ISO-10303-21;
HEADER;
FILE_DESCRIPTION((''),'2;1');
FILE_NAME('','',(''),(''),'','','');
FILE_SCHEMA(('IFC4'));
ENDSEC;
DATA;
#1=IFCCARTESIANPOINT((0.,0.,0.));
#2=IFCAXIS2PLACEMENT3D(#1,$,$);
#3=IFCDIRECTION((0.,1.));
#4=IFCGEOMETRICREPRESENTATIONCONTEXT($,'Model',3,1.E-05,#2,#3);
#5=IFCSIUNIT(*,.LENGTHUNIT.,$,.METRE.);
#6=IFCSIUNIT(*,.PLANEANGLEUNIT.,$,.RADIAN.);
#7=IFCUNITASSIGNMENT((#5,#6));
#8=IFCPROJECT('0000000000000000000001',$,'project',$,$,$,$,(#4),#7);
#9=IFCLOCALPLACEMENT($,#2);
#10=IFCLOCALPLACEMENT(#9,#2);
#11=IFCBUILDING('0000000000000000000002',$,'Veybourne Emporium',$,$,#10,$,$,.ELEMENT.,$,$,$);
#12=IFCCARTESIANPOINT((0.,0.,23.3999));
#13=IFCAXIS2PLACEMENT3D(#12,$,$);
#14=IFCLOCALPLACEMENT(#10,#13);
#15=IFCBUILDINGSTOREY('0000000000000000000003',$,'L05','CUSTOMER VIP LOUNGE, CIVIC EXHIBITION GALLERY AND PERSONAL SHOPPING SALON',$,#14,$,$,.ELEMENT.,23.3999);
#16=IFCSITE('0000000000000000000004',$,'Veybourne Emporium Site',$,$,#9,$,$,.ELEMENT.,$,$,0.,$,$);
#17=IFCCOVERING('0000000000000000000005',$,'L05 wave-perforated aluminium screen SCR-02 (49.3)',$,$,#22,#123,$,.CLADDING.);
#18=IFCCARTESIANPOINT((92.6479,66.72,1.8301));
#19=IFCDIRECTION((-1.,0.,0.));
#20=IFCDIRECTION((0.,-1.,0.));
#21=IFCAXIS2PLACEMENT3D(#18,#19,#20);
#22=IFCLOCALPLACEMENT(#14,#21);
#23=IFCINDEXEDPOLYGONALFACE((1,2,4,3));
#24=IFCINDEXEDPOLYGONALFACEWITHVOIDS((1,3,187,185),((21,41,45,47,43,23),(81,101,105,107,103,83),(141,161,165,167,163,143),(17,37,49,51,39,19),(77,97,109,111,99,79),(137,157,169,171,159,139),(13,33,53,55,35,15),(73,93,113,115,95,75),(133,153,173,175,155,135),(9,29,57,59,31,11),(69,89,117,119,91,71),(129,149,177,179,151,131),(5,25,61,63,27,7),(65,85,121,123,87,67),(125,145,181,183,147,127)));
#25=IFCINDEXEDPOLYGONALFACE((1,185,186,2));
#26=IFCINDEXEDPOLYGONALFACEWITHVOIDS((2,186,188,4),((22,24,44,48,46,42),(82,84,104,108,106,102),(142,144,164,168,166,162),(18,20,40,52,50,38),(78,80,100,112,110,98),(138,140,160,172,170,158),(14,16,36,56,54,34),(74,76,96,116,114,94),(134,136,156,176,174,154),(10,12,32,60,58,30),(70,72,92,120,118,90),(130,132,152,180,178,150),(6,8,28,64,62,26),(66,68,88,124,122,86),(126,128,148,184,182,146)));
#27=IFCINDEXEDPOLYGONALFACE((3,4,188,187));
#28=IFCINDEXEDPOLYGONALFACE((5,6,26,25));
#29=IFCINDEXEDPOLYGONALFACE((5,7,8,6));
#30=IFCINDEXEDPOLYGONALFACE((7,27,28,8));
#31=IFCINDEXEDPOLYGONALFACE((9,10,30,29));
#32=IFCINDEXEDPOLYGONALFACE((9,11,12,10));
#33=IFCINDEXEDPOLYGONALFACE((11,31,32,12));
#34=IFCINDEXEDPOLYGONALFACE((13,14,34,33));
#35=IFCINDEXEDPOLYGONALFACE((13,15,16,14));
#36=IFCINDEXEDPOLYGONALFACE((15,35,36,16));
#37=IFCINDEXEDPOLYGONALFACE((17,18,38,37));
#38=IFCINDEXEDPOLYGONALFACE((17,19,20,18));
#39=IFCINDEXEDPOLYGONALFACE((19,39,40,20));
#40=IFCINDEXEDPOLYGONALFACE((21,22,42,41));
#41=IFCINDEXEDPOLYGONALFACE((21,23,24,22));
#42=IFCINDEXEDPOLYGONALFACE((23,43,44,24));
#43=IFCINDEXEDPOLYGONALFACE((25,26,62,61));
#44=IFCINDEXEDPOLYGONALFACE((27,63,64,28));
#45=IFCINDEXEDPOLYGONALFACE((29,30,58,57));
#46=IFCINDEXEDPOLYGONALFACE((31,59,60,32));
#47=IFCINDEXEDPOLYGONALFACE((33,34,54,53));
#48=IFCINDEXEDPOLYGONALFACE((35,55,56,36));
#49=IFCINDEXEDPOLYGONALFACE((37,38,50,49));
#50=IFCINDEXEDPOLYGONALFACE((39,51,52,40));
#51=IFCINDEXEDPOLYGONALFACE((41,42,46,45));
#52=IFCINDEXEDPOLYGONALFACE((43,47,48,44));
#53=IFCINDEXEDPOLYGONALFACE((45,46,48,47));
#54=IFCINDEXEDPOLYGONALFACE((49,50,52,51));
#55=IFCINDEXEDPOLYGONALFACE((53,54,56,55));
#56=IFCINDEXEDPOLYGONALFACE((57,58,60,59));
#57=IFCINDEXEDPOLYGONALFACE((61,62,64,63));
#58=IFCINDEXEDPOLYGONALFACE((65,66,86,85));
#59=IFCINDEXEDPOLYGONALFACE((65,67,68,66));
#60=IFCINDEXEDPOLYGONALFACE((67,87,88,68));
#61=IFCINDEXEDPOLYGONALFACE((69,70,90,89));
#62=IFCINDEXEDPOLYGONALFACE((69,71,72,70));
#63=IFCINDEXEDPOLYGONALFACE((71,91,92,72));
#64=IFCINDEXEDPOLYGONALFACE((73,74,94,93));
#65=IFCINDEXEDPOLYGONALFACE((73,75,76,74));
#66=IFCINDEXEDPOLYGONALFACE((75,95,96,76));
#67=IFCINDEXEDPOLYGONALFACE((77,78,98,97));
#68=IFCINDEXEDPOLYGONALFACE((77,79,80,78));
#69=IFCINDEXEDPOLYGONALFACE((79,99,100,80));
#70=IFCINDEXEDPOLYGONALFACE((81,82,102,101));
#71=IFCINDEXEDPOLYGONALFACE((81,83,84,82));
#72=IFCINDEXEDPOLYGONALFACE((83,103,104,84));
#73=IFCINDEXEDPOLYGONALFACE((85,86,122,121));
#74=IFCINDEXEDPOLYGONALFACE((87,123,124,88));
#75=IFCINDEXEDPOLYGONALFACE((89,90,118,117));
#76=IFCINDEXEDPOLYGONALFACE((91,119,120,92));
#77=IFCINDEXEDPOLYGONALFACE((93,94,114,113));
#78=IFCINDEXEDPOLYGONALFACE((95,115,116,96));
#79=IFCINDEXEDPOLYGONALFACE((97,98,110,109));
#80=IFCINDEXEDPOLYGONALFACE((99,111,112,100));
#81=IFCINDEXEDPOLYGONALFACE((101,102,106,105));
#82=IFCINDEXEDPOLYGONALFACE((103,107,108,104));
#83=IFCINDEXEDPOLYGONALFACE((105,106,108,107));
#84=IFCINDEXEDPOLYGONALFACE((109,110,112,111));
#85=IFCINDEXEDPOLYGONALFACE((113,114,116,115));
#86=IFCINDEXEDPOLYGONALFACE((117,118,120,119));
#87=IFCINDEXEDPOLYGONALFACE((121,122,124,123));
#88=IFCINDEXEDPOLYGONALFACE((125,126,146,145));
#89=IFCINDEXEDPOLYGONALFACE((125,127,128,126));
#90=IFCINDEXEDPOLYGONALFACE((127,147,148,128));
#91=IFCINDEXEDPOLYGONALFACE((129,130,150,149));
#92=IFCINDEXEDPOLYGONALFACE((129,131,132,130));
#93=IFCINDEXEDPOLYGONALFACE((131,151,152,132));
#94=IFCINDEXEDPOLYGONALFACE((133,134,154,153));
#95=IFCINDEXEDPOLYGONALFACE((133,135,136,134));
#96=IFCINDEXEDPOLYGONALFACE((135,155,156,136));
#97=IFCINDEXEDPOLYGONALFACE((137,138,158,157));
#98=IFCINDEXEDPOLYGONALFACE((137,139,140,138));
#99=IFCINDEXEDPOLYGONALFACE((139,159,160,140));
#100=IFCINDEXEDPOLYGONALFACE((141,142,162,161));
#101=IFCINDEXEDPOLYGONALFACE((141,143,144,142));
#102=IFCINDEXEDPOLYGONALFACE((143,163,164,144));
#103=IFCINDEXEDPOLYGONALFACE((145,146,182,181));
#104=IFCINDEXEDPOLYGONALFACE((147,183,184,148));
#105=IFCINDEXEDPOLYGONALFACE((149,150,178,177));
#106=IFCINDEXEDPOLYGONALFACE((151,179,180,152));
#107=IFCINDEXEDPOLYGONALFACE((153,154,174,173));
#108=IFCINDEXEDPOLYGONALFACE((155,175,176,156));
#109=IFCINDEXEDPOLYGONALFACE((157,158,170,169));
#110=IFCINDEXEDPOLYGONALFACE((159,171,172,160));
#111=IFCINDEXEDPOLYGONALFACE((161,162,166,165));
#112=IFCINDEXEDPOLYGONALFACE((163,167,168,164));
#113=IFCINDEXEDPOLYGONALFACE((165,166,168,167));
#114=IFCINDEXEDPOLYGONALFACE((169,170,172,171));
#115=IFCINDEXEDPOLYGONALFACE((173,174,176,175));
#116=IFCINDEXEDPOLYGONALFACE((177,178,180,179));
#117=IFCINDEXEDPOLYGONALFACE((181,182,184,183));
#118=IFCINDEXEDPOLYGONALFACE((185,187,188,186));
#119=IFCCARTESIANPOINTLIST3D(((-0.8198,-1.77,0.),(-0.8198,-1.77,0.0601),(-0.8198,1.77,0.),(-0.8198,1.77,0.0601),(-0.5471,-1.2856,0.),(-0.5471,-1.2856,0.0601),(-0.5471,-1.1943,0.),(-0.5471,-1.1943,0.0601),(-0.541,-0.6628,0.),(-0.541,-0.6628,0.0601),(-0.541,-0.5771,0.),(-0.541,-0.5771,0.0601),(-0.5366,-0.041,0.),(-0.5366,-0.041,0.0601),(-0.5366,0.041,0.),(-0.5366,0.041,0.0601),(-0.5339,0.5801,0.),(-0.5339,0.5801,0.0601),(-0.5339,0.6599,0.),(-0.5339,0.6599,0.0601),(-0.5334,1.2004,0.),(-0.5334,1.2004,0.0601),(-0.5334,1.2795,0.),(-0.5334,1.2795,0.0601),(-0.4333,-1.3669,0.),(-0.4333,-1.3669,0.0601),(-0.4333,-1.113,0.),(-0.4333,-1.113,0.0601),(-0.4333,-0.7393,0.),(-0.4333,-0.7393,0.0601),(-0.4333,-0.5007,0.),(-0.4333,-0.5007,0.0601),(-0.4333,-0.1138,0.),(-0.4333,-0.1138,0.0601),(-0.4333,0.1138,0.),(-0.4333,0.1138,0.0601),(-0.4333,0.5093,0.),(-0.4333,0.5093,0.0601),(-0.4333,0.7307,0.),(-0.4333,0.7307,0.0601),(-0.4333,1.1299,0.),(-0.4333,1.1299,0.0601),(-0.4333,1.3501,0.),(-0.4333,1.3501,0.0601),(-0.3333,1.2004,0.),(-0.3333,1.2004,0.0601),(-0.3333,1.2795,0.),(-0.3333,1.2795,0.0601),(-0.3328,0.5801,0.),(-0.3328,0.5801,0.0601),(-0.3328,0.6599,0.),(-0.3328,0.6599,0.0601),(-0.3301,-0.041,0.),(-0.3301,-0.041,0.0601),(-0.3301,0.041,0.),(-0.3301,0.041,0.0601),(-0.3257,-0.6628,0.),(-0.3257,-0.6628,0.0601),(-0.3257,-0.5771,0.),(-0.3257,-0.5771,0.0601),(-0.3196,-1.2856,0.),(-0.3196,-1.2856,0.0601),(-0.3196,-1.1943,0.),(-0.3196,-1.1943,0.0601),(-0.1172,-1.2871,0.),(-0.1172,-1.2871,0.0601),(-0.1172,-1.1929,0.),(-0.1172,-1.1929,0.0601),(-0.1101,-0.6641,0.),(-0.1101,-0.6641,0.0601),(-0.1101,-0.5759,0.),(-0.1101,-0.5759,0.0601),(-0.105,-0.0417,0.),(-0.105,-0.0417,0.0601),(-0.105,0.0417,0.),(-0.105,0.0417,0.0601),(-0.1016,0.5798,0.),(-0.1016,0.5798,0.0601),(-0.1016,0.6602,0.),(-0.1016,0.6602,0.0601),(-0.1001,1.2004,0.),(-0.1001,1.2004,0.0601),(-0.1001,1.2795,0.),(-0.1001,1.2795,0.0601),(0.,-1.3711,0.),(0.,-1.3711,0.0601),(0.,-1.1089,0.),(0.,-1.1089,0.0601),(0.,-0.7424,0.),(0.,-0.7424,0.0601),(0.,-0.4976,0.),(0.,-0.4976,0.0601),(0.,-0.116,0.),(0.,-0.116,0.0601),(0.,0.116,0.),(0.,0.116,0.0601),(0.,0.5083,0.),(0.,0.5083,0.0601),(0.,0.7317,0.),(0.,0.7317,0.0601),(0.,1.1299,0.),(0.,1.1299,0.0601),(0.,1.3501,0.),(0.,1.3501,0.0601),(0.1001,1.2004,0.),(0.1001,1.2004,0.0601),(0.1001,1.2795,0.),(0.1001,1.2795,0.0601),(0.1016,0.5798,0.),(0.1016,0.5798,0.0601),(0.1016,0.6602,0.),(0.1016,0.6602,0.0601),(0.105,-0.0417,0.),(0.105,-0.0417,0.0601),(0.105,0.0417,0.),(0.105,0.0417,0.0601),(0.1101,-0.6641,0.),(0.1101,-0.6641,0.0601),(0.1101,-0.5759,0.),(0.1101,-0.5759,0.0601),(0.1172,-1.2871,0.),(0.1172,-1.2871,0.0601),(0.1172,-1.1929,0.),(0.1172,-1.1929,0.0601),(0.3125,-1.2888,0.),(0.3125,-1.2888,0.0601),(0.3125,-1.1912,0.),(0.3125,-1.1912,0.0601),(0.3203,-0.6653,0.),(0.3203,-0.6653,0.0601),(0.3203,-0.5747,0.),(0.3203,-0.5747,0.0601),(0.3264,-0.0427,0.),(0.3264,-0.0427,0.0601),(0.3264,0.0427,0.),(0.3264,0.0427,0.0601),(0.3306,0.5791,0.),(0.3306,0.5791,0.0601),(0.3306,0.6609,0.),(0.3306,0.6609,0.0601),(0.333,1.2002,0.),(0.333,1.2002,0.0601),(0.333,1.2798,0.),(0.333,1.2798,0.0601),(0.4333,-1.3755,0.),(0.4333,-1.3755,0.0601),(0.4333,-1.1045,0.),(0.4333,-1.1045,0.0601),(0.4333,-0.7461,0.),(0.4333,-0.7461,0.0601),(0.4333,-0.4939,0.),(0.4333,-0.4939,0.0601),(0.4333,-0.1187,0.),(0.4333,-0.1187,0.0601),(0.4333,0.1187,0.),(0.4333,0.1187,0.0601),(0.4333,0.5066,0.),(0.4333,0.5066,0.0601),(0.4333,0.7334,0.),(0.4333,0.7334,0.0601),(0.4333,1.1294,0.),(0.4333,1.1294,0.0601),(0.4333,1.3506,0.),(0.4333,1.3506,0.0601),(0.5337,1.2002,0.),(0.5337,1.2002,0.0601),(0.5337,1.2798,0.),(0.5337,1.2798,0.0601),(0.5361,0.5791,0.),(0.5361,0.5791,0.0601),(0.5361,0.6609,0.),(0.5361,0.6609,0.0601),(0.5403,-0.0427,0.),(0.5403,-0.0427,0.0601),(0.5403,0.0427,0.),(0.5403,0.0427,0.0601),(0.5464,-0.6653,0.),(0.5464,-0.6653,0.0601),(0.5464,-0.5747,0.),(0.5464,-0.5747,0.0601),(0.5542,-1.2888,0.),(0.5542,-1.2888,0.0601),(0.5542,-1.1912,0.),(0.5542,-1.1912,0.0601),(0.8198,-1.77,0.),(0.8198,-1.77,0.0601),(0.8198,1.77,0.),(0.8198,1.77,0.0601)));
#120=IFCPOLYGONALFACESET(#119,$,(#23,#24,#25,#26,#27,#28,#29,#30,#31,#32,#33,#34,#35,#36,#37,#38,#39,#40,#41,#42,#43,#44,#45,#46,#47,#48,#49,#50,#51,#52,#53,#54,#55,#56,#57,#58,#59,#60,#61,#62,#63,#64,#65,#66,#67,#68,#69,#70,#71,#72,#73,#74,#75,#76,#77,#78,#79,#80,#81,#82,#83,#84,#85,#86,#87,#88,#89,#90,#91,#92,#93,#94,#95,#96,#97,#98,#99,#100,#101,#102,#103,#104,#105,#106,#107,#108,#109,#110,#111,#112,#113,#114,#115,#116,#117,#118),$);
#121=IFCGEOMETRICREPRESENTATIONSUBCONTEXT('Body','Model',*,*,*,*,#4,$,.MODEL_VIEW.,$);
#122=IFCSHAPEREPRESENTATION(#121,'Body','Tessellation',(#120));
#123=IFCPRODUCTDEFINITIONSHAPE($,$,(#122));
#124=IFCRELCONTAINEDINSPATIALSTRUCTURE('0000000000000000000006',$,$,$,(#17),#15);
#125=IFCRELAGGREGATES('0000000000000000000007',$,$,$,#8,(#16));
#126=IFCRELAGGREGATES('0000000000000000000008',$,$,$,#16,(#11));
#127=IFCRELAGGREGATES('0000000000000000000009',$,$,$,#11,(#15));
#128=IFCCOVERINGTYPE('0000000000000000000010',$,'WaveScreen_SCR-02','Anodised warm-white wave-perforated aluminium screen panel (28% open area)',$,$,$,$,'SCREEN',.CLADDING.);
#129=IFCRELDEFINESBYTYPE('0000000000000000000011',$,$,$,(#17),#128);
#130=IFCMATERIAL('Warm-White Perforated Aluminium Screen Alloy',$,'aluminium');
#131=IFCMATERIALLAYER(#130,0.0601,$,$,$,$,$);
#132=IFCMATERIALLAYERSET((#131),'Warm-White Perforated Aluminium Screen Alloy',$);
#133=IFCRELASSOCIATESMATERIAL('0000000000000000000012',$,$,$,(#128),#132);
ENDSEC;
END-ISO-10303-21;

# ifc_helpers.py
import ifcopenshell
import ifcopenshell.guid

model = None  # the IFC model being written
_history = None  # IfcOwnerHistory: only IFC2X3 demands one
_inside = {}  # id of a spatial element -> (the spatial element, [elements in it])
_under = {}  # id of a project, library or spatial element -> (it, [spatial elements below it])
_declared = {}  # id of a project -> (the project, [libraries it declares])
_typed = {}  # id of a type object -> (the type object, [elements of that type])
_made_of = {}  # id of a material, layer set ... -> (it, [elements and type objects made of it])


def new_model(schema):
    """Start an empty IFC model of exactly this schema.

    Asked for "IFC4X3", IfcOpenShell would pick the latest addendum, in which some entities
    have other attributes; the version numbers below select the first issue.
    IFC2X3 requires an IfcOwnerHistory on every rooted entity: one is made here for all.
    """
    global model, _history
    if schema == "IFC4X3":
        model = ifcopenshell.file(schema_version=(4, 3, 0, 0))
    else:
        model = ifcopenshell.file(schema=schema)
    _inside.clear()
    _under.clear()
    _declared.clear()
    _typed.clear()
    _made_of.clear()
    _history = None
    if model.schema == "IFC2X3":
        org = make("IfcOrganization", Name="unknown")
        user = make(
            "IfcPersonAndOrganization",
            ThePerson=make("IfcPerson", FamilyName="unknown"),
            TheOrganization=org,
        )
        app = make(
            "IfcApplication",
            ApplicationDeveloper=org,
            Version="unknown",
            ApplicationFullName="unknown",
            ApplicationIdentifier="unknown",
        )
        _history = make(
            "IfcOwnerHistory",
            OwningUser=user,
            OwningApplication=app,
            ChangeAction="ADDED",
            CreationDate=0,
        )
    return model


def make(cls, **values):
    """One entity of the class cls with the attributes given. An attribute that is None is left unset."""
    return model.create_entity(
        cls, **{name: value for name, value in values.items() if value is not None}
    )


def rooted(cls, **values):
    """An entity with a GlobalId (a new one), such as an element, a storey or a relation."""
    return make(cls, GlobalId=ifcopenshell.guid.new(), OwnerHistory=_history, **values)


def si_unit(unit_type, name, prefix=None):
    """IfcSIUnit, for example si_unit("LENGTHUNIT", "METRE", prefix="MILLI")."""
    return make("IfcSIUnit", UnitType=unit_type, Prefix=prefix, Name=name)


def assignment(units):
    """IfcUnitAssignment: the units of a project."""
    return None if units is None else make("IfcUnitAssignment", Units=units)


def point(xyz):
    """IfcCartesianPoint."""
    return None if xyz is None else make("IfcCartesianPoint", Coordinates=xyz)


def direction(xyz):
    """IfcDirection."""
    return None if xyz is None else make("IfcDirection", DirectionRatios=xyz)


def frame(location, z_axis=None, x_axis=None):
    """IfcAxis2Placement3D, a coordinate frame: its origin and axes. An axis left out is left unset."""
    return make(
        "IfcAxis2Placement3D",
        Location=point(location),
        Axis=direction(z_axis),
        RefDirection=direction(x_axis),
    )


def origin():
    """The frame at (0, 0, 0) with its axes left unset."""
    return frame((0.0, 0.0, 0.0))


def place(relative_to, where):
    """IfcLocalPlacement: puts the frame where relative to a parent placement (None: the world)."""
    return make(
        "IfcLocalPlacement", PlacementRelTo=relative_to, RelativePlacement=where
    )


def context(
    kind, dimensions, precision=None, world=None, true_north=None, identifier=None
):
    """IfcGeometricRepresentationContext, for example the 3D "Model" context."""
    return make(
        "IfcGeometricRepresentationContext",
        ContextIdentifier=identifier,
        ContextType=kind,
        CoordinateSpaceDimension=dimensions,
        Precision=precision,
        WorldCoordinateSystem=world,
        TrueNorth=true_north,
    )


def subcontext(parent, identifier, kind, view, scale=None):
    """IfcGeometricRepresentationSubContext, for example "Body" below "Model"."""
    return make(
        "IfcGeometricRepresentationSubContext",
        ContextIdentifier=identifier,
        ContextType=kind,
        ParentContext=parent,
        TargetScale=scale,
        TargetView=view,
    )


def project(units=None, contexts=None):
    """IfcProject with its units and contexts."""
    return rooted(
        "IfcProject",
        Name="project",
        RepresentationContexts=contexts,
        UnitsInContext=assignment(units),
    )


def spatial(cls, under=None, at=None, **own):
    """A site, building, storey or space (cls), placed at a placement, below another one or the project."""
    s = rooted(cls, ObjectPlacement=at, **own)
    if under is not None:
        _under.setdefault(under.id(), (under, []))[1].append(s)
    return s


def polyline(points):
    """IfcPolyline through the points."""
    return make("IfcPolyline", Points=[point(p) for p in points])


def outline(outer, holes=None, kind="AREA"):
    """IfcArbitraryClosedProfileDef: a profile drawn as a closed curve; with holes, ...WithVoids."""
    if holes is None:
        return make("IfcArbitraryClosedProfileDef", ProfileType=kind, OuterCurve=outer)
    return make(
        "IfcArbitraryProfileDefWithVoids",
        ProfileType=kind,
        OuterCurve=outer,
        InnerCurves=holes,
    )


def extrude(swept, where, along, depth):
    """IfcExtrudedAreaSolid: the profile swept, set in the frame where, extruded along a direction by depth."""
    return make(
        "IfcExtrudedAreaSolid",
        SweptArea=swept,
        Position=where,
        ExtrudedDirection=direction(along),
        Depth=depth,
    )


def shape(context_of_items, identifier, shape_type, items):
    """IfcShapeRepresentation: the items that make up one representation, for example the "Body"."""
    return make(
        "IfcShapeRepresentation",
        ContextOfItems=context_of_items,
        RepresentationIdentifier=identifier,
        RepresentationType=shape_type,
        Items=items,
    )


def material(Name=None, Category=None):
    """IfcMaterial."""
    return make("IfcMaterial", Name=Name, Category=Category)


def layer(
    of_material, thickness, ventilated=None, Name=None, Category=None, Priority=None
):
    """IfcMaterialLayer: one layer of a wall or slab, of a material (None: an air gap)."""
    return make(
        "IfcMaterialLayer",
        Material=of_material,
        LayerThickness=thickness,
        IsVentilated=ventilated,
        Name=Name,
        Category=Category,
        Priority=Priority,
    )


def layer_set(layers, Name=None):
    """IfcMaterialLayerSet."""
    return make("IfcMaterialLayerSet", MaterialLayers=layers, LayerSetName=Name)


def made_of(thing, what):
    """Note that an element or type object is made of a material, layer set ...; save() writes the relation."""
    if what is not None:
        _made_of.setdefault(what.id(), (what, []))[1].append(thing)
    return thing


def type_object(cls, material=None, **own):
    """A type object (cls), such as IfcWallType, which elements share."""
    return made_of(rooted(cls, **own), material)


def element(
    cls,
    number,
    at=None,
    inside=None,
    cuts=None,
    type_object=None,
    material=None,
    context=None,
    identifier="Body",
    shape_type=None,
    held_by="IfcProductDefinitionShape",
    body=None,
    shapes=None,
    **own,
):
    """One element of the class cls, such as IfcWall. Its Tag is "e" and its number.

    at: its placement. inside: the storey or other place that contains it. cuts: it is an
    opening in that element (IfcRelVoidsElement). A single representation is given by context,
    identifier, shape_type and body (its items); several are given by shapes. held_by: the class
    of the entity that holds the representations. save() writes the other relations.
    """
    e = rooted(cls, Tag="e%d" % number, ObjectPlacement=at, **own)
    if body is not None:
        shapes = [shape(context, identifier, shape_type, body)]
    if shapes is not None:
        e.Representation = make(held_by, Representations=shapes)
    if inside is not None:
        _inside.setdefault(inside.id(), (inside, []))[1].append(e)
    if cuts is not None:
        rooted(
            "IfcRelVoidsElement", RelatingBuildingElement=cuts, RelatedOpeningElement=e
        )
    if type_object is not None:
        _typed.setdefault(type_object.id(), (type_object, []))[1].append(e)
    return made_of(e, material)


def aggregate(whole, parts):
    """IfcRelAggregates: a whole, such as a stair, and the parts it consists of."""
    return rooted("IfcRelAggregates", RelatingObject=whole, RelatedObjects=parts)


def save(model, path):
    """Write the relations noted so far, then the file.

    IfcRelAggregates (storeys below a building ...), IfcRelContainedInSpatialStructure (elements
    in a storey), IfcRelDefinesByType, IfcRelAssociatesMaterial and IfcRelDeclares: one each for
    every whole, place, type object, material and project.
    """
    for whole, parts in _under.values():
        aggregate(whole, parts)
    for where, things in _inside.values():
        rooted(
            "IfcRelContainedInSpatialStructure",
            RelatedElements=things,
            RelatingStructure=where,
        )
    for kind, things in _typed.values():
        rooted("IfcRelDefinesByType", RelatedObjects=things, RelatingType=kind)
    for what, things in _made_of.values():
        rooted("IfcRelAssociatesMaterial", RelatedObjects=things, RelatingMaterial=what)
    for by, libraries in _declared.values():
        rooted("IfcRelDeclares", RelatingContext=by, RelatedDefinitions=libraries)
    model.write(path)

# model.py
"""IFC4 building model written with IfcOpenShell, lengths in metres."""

from ifc_helpers import new_model, si_unit, direction, frame, origin, place, context, subcontext, project, spatial, polyline, outline, extrude, material, layer, layer_set, type_object, element, save


model = new_model("IFC4")

# Units and contexts
model_context = context("Model", 3, precision=1e-05, world=origin(), true_north=direction((0.0, 1.0)))
body_context = subcontext(model_context, "Body", "Model", "MODEL_VIEW")
ifc_project = project(units=[si_unit("LENGTHUNIT", "METRE"), si_unit("PLANEANGLEUNIT", "RADIAN")], contexts=[model_context])

# Site, building, storey
site_placement = place(None, origin())
site = spatial("IfcSite", under=ifc_project, at=site_placement, Name="Veybourne Emporium Site", CompositionType="ELEMENT", RefElevation=0.0)
building_placement = place(site_placement, origin())
building = spatial("IfcBuilding", under=site, at=building_placement, Name="Veybourne Emporium", CompositionType="ELEMENT")
storey_placement = place(building_placement, frame((0.0, 0.0, 23.3999)))
storey = spatial("IfcBuildingStorey", under=building, at=storey_placement, Name="L05", Description="CUSTOMER VIP LOUNGE, CIVIC EXHIBITION GALLERY AND PERSONAL SHOPPING SALON", CompositionType="ELEMENT", Elevation=23.3999)

# Covering
ifc_material_1 = material(Name="Warm-White Perforated Aluminium Screen Alloy", Category="aluminium")
ifc_layer_1 = layer(ifc_material_1, 0.0601)
ifc_layer_set_1 = layer_set([ifc_layer_1], Name="Warm-White Perforated Aluminium Screen Alloy")
covering_type_1 = type_object("IfcCoveringType", Name="WaveScreen_SCR-02", Description="Anodised warm-white wave-perforated aluminium screen panel (28% open area)", ElementType="SCREEN", PredefinedType="CLADDING", material=ifc_layer_set_1)
covering_1_placement = place(storey_placement, frame((92.6479, 66.72, 1.8301), z_axis=(-1.0, 0.0, 0.0), x_axis=(0.0, -1.0, 0.0)))
element("IfcCovering", 1, at=covering_1_placement, inside=storey, type_object=covering_type_1, Name="L05 wave-perforated aluminium screen SCR-02 (49.3)", PredefinedType="CLADDING", context=body_context, shape_type="SweptSolid", body=[
    extrude(outline(polyline([(-0.8198, -1.77), (0.8198, -1.77), (0.8198, 1.77), (-0.8198, 1.77), (-0.8198, -1.77)]), holes=[polyline([(-0.4333, -1.113), (-0.3196, -1.1943), (-0.3196, -1.2856), (-0.4333, -1.3669), (-0.5471, -1.2856), (-0.5471, -1.1943), (-0.4333, -1.113)]), polyline([(-0.4333, -0.5007), (-0.3257, -0.5771), (-0.3257, -0.6628), (-0.4333, -0.7393), (-0.541, -0.6628), (-0.541, -0.5771), (-0.4333, -0.5007)]), polyline([(-0.4333, 0.1138), (-0.3301, 0.041), (-0.3301, -0.041), (-0.4333, -0.1138), (-0.5366, -0.041), (-0.5366, 0.041), (-0.4333, 0.1138)]), polyline([(-0.4333, 0.7307), (-0.3328, 0.6599), (-0.3328, 0.5801), (-0.4333, 0.5093), (-0.5339, 0.5801), (-0.5339, 0.6599), (-0.4333, 0.7307)]), polyline([(-0.4333, 1.3501), (-0.3333, 1.2795), (-0.3333, 1.2004), (-0.4333, 1.1299), (-0.5334, 1.2004), (-0.5334, 1.2795), (-0.4333, 1.3501)]), polyline([(0.0, -1.1089), (0.1172, -1.1929), (0.1172, -1.2871), (0.0, -1.3711), (-0.1172, -1.2871), (-0.1172, -1.1929), (0.0, -1.1089)]), polyline([(0.0, -0.4976), (0.1101, -0.5759), (0.1101, -0.6641), (0.0, -0.7424), (-0.1101, -0.6641), (-0.1101, -0.5759), (0.0, -0.4976)]), polyline([(0.0, 0.116), (0.105, 0.0417), (0.105, -0.0417), (0.0, -0.116), (-0.105, -0.0417), (-0.105, 0.0417), (0.0, 0.116)]), polyline([(0.0, 0.7317), (0.1016, 0.6602), (0.1016, 0.5798), (0.0, 0.5083), (-0.1016, 0.5798), (-0.1016, 0.6602), (0.0, 0.7317)]), polyline([(0.0, 1.3501), (0.1001, 1.2795), (0.1001, 1.2004), (0.0, 1.1299), (-0.1001, 1.2004), (-0.1001, 1.2795), (0.0, 1.3501)]), polyline([(0.4333, -1.1045), (0.5542, -1.1912), (0.5542, -1.2888), (0.4333, -1.3755), (0.3125, -1.2888), (0.3125, -1.1912), (0.4333, -1.1045)]), polyline([(0.4333, -0.4939), (0.5464, -0.5747), (0.5464, -0.6653), (0.4333, -0.7461), (0.3203, -0.6653), (0.3203, -0.5747), (0.4333, -0.4939)]), polyline([(0.4333, 0.1187), (0.5403, 0.0427), (0.5403, -0.0427), (0.4333, -0.1187), (0.3264, -0.0427), (0.3264, 0.0427), (0.4333, 0.1187)]), polyline([(0.4333, 0.7334), (0.5361, 0.6609), (0.5361, 0.5791), (0.4333, 0.5066), (0.3306, 0.5791), (0.3306, 0.6609), (0.4333, 0.7334)]), polyline([(0.4333, 1.3506), (0.5337, 1.2798), (0.5337, 1.2002), (0.4333, 1.1294), (0.333, 1.2002), (0.333, 1.2798), (0.4333, 1.3506)])]), origin(), (0.0, 0.0, 1.0), 0.0601),
])

save(model, "model.ifc")
